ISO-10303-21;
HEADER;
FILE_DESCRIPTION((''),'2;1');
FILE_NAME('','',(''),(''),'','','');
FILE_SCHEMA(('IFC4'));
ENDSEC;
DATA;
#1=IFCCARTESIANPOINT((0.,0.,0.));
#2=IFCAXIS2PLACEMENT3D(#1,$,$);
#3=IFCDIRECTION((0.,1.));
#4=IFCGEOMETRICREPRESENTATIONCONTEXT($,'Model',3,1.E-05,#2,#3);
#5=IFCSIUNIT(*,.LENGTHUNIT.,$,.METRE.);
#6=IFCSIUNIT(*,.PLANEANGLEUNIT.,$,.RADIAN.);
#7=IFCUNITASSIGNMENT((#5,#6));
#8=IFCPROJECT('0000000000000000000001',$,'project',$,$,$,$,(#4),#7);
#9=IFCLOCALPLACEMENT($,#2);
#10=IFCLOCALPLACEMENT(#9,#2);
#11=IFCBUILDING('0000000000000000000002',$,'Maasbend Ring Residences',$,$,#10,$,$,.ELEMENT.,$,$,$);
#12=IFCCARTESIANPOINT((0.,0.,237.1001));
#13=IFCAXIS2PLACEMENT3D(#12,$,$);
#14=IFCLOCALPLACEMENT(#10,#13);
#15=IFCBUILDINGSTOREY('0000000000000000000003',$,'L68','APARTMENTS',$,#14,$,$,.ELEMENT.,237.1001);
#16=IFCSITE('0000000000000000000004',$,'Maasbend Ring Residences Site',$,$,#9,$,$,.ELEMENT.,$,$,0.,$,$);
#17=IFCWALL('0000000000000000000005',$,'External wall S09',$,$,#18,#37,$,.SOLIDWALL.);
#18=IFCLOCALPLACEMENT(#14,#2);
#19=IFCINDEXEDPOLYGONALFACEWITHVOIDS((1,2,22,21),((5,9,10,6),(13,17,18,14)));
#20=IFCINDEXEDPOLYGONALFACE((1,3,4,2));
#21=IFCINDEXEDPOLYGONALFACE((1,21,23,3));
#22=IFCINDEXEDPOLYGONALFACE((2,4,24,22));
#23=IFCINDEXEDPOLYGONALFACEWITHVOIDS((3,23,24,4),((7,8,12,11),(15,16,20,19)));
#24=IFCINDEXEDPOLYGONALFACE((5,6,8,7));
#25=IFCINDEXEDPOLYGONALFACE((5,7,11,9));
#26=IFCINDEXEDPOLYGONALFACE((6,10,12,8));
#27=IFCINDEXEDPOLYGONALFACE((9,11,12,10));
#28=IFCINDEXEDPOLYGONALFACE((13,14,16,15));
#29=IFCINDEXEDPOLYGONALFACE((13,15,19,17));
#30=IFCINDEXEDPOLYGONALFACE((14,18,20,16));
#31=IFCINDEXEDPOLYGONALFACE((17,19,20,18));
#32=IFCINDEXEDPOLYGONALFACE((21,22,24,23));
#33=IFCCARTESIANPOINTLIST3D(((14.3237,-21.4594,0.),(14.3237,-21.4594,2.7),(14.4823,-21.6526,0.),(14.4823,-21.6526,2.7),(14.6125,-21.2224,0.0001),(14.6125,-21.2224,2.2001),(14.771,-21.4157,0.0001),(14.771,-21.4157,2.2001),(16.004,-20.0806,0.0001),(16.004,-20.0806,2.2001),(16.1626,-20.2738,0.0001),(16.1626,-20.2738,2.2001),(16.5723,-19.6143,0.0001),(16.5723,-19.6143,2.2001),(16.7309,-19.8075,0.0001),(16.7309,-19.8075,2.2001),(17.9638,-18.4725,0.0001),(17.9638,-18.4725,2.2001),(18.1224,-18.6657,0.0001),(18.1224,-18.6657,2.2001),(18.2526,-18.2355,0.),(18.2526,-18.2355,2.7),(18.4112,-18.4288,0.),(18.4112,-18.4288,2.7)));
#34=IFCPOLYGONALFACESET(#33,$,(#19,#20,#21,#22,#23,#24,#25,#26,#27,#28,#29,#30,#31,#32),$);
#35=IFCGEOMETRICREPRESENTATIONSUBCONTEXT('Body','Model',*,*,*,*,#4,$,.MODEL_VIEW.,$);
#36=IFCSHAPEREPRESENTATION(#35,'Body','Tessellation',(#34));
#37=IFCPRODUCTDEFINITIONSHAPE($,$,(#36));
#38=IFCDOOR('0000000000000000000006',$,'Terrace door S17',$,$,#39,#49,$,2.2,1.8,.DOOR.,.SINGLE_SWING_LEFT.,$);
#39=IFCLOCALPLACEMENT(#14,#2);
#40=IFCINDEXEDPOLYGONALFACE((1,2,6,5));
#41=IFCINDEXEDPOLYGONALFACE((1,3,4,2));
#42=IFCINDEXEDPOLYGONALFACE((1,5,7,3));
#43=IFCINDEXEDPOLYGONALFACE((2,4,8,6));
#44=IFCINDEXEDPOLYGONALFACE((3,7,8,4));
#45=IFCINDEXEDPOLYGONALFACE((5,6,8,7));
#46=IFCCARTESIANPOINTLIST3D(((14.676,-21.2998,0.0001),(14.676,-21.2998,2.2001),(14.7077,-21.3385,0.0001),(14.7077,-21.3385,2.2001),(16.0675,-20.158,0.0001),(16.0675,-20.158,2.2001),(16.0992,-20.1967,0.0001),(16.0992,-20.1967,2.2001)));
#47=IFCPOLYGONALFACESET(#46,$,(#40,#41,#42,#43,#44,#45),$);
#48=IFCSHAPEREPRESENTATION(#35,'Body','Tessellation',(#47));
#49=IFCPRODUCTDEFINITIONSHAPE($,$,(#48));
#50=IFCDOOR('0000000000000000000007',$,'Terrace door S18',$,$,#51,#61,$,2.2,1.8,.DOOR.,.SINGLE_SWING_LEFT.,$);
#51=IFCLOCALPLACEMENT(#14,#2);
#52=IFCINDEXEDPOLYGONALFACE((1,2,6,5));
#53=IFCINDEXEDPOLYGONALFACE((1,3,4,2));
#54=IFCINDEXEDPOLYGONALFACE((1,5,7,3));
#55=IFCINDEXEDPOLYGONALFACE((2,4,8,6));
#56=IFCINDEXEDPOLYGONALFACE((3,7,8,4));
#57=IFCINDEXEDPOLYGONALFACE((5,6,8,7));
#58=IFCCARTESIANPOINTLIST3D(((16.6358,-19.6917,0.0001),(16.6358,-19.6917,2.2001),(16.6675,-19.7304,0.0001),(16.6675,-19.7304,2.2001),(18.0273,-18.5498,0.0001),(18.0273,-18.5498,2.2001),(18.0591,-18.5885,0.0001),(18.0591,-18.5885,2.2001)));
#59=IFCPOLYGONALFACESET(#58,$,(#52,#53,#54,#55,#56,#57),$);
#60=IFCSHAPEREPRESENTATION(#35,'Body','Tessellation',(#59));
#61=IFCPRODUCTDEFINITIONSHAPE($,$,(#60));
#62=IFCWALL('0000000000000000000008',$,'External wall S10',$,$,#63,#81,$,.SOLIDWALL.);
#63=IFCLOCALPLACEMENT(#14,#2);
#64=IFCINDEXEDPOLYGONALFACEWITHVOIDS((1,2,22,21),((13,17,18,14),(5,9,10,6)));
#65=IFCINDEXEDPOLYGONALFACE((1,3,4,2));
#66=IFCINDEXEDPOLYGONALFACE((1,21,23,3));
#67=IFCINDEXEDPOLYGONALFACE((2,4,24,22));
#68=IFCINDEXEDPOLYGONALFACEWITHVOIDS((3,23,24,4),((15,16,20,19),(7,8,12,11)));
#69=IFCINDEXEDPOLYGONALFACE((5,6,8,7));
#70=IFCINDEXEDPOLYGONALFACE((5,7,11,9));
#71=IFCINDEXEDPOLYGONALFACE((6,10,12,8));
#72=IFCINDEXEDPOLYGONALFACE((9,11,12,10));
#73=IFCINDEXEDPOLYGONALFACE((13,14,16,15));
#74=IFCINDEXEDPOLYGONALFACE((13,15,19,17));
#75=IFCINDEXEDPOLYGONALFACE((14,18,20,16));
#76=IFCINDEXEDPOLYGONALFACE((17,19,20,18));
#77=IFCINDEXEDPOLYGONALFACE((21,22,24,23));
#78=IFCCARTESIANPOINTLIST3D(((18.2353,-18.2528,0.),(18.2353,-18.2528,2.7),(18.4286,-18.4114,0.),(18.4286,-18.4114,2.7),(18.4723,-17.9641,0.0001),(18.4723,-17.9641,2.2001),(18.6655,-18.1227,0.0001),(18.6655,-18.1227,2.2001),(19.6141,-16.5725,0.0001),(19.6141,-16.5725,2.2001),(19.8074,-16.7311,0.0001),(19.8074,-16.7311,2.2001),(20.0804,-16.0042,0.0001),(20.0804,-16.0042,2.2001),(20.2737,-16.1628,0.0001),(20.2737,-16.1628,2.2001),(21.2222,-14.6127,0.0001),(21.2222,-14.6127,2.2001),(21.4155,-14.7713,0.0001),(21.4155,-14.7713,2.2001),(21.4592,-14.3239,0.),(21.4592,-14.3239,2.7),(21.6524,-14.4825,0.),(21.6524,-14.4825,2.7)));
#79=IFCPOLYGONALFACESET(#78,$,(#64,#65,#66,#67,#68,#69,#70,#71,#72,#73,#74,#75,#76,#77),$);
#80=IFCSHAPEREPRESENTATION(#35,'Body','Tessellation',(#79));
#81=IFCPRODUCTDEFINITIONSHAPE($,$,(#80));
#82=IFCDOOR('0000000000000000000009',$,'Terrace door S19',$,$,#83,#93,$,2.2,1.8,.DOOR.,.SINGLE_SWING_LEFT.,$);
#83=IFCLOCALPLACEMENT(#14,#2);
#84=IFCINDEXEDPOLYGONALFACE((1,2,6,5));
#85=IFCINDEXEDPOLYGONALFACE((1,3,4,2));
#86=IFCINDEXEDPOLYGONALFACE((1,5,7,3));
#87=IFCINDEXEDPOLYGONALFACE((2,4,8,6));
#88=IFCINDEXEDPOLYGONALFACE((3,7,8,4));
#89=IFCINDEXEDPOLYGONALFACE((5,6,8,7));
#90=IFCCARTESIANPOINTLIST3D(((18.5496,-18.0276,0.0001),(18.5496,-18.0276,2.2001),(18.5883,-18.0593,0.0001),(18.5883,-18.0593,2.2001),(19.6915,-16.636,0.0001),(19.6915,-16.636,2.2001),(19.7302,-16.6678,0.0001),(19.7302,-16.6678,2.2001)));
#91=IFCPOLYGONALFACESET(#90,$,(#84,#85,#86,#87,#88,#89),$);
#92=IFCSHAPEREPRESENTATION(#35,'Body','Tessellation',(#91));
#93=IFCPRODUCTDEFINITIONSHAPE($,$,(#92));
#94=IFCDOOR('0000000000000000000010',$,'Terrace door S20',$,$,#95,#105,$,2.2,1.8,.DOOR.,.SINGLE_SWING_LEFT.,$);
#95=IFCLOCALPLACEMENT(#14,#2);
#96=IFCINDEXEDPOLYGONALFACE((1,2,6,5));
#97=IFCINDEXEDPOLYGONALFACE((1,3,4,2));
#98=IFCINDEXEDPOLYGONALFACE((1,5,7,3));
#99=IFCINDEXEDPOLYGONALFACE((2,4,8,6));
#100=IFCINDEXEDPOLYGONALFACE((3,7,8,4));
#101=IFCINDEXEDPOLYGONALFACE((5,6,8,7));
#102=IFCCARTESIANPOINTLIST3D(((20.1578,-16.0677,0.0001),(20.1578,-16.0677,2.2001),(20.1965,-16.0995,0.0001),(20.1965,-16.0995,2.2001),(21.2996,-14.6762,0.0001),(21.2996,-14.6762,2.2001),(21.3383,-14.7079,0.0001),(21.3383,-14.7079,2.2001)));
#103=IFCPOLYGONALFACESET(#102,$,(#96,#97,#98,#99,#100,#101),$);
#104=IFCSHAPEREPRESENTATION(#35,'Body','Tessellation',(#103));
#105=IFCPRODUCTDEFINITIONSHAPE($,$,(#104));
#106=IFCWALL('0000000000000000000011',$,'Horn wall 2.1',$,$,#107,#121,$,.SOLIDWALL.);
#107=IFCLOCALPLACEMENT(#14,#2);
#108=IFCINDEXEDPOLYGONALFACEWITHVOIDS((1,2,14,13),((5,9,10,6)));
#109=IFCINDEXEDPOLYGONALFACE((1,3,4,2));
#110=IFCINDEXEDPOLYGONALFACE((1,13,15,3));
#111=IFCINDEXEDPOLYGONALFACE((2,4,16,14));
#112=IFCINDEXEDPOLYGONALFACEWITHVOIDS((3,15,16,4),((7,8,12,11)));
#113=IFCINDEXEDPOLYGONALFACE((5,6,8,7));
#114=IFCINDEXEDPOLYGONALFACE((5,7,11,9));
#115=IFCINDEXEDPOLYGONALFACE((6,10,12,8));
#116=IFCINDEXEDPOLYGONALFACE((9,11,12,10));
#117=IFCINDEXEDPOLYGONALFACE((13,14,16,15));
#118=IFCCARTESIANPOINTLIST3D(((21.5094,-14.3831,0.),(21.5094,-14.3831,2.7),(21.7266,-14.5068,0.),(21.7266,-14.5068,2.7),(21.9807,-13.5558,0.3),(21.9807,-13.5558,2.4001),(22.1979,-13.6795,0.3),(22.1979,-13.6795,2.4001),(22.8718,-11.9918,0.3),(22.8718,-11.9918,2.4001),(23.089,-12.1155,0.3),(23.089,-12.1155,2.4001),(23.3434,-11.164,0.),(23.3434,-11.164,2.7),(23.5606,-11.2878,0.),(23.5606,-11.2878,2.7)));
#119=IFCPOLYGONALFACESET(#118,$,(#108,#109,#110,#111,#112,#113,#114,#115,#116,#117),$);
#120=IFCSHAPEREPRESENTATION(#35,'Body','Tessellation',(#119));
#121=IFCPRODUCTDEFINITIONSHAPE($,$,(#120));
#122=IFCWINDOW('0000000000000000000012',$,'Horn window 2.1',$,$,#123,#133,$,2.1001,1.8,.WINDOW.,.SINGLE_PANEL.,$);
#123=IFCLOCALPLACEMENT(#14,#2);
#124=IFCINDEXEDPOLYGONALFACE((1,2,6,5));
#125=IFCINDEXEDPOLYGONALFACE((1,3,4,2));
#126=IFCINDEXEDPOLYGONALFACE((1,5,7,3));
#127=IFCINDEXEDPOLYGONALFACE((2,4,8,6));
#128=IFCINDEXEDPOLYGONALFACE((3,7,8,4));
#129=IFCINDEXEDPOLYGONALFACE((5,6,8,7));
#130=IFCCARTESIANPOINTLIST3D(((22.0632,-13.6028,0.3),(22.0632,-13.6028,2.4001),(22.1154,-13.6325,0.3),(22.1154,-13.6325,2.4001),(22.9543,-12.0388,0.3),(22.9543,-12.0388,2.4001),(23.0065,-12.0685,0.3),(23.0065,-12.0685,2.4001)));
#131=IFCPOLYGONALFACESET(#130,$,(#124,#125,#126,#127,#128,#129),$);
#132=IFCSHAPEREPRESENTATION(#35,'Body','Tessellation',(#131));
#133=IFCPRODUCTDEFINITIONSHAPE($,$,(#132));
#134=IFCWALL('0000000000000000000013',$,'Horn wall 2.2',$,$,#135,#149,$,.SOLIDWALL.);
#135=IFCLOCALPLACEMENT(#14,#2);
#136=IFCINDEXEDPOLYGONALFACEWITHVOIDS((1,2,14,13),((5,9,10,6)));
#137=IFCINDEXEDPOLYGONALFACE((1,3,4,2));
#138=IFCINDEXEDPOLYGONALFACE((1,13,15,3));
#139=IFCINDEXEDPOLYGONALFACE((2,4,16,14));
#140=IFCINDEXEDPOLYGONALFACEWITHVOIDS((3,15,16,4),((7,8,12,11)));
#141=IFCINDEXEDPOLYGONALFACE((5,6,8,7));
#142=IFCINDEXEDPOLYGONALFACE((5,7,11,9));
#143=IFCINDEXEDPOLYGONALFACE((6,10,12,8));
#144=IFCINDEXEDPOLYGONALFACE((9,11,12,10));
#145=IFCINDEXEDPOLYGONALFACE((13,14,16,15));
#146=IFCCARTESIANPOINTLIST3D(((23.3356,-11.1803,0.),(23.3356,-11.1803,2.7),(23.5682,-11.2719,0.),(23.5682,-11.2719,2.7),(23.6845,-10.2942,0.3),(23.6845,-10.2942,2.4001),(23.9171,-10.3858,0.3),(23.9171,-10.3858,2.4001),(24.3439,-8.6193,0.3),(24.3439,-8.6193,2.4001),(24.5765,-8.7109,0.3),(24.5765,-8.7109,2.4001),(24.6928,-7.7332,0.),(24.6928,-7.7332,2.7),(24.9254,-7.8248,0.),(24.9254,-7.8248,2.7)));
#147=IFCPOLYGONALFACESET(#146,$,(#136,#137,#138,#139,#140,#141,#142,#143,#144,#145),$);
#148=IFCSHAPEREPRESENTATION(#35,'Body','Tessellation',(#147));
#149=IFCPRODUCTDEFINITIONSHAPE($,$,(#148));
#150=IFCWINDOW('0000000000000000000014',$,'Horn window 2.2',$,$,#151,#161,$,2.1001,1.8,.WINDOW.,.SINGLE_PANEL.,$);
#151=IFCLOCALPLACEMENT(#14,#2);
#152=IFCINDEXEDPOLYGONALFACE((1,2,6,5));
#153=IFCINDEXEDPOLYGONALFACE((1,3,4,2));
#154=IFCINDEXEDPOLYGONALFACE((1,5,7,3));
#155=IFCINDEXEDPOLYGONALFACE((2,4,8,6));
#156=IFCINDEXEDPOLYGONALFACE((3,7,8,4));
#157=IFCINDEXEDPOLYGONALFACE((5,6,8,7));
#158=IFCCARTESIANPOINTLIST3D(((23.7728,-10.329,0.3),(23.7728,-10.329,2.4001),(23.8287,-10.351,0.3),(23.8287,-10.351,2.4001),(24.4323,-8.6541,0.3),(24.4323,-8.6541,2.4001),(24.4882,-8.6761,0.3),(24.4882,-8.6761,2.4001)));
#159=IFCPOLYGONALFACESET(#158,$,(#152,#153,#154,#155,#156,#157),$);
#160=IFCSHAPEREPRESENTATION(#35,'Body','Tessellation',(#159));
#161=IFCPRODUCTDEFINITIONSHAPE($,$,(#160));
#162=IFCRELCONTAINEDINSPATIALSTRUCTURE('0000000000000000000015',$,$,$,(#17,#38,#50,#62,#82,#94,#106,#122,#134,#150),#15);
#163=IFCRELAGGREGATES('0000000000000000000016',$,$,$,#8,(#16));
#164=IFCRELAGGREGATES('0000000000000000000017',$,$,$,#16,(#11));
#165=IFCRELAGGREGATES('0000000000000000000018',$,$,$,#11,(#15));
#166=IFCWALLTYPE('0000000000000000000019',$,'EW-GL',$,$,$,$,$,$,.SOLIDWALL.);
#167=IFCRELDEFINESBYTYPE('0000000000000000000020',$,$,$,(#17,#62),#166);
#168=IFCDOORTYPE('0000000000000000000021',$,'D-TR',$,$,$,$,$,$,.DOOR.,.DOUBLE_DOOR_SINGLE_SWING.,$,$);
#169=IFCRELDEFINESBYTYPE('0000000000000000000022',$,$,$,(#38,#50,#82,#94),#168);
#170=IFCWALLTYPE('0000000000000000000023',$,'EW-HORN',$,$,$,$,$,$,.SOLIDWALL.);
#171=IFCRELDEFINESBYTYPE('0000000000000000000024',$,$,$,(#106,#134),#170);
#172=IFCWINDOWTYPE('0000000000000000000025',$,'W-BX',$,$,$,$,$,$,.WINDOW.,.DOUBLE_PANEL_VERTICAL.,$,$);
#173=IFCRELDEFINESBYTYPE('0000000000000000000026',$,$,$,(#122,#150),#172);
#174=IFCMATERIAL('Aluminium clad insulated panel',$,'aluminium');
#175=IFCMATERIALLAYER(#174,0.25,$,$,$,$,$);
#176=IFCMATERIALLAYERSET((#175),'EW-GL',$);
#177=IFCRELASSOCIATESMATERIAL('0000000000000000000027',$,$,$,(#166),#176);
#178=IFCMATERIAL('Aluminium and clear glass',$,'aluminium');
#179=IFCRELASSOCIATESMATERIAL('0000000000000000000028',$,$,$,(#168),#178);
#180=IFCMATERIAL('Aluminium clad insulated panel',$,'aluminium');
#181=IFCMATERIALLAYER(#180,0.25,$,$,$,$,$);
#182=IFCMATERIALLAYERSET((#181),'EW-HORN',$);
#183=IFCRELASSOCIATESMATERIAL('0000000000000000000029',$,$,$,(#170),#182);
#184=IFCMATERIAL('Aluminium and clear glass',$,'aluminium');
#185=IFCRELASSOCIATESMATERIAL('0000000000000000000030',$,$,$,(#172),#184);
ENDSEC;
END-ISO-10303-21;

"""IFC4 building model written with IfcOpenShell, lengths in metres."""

from ifc_helpers import new_model, si_unit, direction, frame, frame_2d, origin, place, context, subcontext, project, spatial, rectangle, extrude, material, layer, layer_set, type_object, element, fill, save


model = new_model("IFC4")

# Units and contexts
model_context = context("Model", 3, precision=1e-05, world=origin(), true_north=direction((0.0, 1.0)))
body_context = subcontext(model_context, "Body", "Model", "MODEL_VIEW")
ifc_project = project(units=[si_unit("LENGTHUNIT", "METRE"), si_unit("PLANEANGLEUNIT", "RADIAN")], contexts=[model_context])

# Site, building, storey
site_placement = place(None, origin())
site = spatial("IfcSite", under=ifc_project, at=site_placement, Name="Maasbend Ring Residences Site", CompositionType="ELEMENT", RefElevation=0.0)
building_placement = place(site_placement, origin())
building = spatial("IfcBuilding", under=site, at=building_placement, Name="Maasbend Ring Residences", CompositionType="ELEMENT")
storey_placement = place(building_placement, frame((0.0, 0.0, 237.1001)))
storey = spatial("IfcBuildingStorey", under=building, at=storey_placement, Name="L68", Description="APARTMENTS", CompositionType="ELEMENT", Elevation=237.1001)

# Walls, openings, doors
ifc_material_1 = material(Name="Aluminium clad insulated panel", Category="aluminium")
ifc_layer_1 = layer(ifc_material_1, 0.25)
ifc_layer_set_1 = layer_set([ifc_layer_1], Name="EW-GL")
wall_type_1 = type_object("IfcWallType", Name="EW-GL", PredefinedType="SOLIDWALL", material=ifc_layer_set_1)
wall_1_placement = place(storey_placement, frame((14.4031, -21.5559, 0.0), z_axis=(0.0, 0.0, 1.0), x_axis=(0.773062, 0.634331, 0.0)))
wall_1 = element("IfcWall", 1, at=wall_1_placement, inside=storey, type_object=wall_type_1, Name="External wall S09", PredefinedType="SOLIDWALL", context=body_context, shape_type="SweptSolid", body=[
    extrude(rectangle(XDim=5.0823, YDim=0.25, at=frame_2d((2.541, 0.0))), origin(), (0.0, 0.0, 1.0), 2.7),
])
opening_1_placement = place(wall_1_placement, frame((0.3735, 0.0, 0.0)))
opening_1 = element("IfcOpeningElement", 2, at=opening_1_placement, cuts=wall_1, PredefinedType="OPENING", context=body_context, shape_type="SweptSolid", body=[
    extrude(rectangle(XDim=1.8, YDim=2.2, at=frame_2d((0.8999, 1.1001))), frame((0.0, 0.135, 0.0), z_axis=(0.0, -1.0, 0.0), x_axis=(1.0, 0.0, 0.0)), (0.0, 0.0, 1.0), 0.27),
])
opening_2_placement = place(wall_1_placement, frame((2.9087, 0.0, 0.0)))
opening_2 = element("IfcOpeningElement", 3, at=opening_2_placement, cuts=wall_1, PredefinedType="OPENING", context=body_context, shape_type="SweptSolid", body=[
    extrude(rectangle(XDim=1.8, YDim=2.2, at=frame_2d((0.8999, 1.1001))), frame((0.0, 0.135, 0.0), z_axis=(0.0, -1.0, 0.0), x_axis=(1.0, 0.0, 0.0)), (0.0, 0.0, 1.0), 0.27),
])
ifc_material_2 = material(Name="Aluminium and clear glass", Category="aluminium")
door_type_1 = type_object("IfcDoorType", Name="D-TR", OperationType="DOUBLE_DOOR_SINGLE_SWING", PredefinedType="DOOR", material=ifc_material_2)
door_1_placement = place(opening_1_placement, origin())
door_1 = element("IfcDoor", 4, at=door_1_placement, inside=storey, type_object=door_type_1, Name="Terrace door S17", OperationType="SINGLE_SWING_LEFT", OverallHeight=2.2, OverallWidth=1.8, PredefinedType="DOOR", context=body_context, shape_type="SweptSolid", body=[
    extrude(rectangle(XDim=1.8, YDim=2.2, at=frame_2d((0.8999, 1.1001))), frame((0.0, 0.0249, 0.0), z_axis=(0.0, -1.0, 0.0), x_axis=(1.0, 0.0, 0.0)), (0.0, 0.0, 1.0), 0.05),
])
fill(opening_1, door_1)
door_2_placement = place(opening_2_placement, origin())
door_2 = element("IfcDoor", 5, at=door_2_placement, inside=storey, type_object=door_type_1, Name="Terrace door S18", OperationType="SINGLE_SWING_LEFT", OverallHeight=2.2, OverallWidth=1.8, PredefinedType="DOOR", context=body_context, shape_type="SweptSolid", body=[
    extrude(rectangle(XDim=1.8, YDim=2.2, at=frame_2d((0.8999, 1.1001))), frame((0.0, 0.0249, 0.0), z_axis=(0.0, -1.0, 0.0), x_axis=(1.0, 0.0, 0.0)), (0.0, 0.0, 1.0), 0.05),
])
fill(opening_2, door_2)
wall_2_placement = place(storey_placement, frame((18.332, -18.332, 0.0), z_axis=(0.0, 0.0, 1.0), x_axis=(0.634331, 0.773062, 0.0)))
wall_2 = element("IfcWall", 6, at=wall_2_placement, inside=storey, type_object=wall_type_1, Name="External wall S10", PredefinedType="SOLIDWALL", context=body_context, shape_type="SweptSolid", body=[
    extrude(rectangle(XDim=5.0823, YDim=0.25, at=frame_2d((2.541, 0.0))), origin(), (0.0, 0.0, 1.0), 2.7),
])
opening_3_placement = place(wall_2_placement, frame((0.3735, 0.0, 0.0)))
opening_3 = element("IfcOpeningElement", 7, at=opening_3_placement, cuts=wall_2, PredefinedType="OPENING", context=body_context, shape_type="SweptSolid", body=[
    extrude(rectangle(XDim=1.8, YDim=2.2, at=frame_2d((0.8999, 1.1001))), frame((0.0, 0.135, 0.0), z_axis=(0.0, -1.0, 0.0), x_axis=(1.0, 0.0, 0.0)), (0.0, 0.0, 1.0), 0.27),
])
opening_4_placement = place(wall_2_placement, frame((2.9087, 0.0, 0.0)))
opening_4 = element("IfcOpeningElement", 8, at=opening_4_placement, cuts=wall_2, PredefinedType="OPENING", context=body_context, shape_type="SweptSolid", body=[
    extrude(rectangle(XDim=1.8, YDim=2.2, at=frame_2d((0.8999, 1.1001))), frame((0.0, 0.135, 0.0), z_axis=(0.0, -1.0, 0.0), x_axis=(1.0, 0.0, 0.0)), (0.0, 0.0, 1.0), 0.27),
])
door_3_placement = place(opening_3_placement, origin())
door_3 = element("IfcDoor", 9, at=door_3_placement, inside=storey, type_object=door_type_1, Name="Terrace door S19", OperationType="SINGLE_SWING_LEFT", OverallHeight=2.2, OverallWidth=1.8, PredefinedType="DOOR", context=body_context, shape_type="SweptSolid", body=[
    extrude(rectangle(XDim=1.8, YDim=2.2, at=frame_2d((0.8999, 1.1001))), frame((0.0, 0.0249, 0.0), z_axis=(0.0, -1.0, 0.0), x_axis=(1.0, 0.0, 0.0)), (0.0, 0.0, 1.0), 0.05),
])
fill(opening_3, door_3)
door_4_placement = place(opening_4_placement, origin())
door_4 = element("IfcDoor", 10, at=door_4_placement, inside=storey, type_object=door_type_1, Name="Terrace door S20", OperationType="SINGLE_SWING_LEFT", OverallHeight=2.2, OverallWidth=1.8, PredefinedType="DOOR", context=body_context, shape_type="SweptSolid", body=[
    extrude(rectangle(XDim=1.8, YDim=2.2, at=frame_2d((0.8999, 1.1001))), frame((0.0, 0.0249, 0.0), z_axis=(0.0, -1.0, 0.0), x_axis=(1.0, 0.0, 0.0)), (0.0, 0.0, 1.0), 0.05),
])
fill(opening_4, door_4)

# Walls, openings, windows
ifc_material_3 = material(Name="Aluminium clad insulated panel", Category="aluminium")
ifc_layer_2 = layer(ifc_material_3, 0.25)
ifc_layer_set_2 = layer_set([ifc_layer_2], Name="EW-HORN")
wall_type_2 = type_object("IfcWallType", Name="EW-HORN", PredefinedType="SOLIDWALL", material=ifc_layer_set_2)
wall_3_placement = place(storey_placement, frame((21.6179, -14.4451, 0.0), z_axis=(0.0, 0.0, 1.0), x_axis=(0.495031, 0.868875, 0.0)))
wall_3 = element("IfcWall", 11, at=wall_3_placement, inside=storey, type_object=wall_type_2, Name="Horn wall 2.1", PredefinedType="SOLIDWALL", context=body_context, shape_type="SweptSolid", body=[
    extrude(rectangle(XDim=3.7048, YDim=0.25, at=frame_2d((1.8525, 0.0))), origin(), (0.0, 0.0, 1.0), 2.7),
])
opening_5_placement = place(wall_3_placement, frame((0.9524, 0.0, 0.3)))
opening_5 = element("IfcOpeningElement", 12, at=opening_5_placement, cuts=wall_3, PredefinedType="OPENING", context=body_context, shape_type="SweptSolid", body=[
    extrude(rectangle(XDim=1.8, YDim=2.1001, at=frame_2d((0.8999, 1.05))), frame((0.0, 0.135, 0.0), z_axis=(0.0, -1.0, 0.0), x_axis=(1.0, 0.0, 0.0)), (0.0, 0.0, 1.0), 0.27),
])
ifc_material_4 = material(Name="Aluminium and clear glass", Category="aluminium")
window_type = type_object("IfcWindowType", Name="W-BX", PartitioningType="DOUBLE_PANEL_VERTICAL", PredefinedType="WINDOW", material=ifc_material_4)
window_1_placement = place(opening_5_placement, origin())
window_1 = element("IfcWindow", 13, at=window_1_placement, inside=storey, type_object=window_type, Name="Horn window 2.1", OverallHeight=2.1001, OverallWidth=1.8, PartitioningType="SINGLE_PANEL", PredefinedType="WINDOW", context=body_context, shape_type="SweptSolid", body=[
    extrude(rectangle(XDim=1.8, YDim=2.1001, at=frame_2d((0.8999, 1.05))), frame((0.0, 0.03, 0.0), z_axis=(0.0, -1.0, 0.0), x_axis=(1.0, 0.0, 0.0)), (0.0, 0.0, 1.0), 0.0601),
])
fill(opening_5, window_1)
wall_4_placement = place(storey_placement, frame((23.4519, -11.2261, 0.0), z_axis=(0.0, 0.0, 1.0), x_axis=(0.366352, 0.930476, 0.0)))
wall_4 = element("IfcWall", 14, at=wall_4_placement, inside=storey, type_object=wall_type_2, Name="Horn wall 2.2", PredefinedType="SOLIDWALL", context=body_context, shape_type="SweptSolid", body=[
    extrude(rectangle(XDim=3.7046, YDim=0.25, at=frame_2d((1.8523, 0.0))), origin(), (0.0, 0.0, 1.0), 2.7),
])
opening_6_placement = place(wall_4_placement, frame((0.9524, 0.0, 0.3)))
opening_6 = element("IfcOpeningElement", 15, at=opening_6_placement, cuts=wall_4, PredefinedType="OPENING", context=body_context, shape_type="SweptSolid", body=[
    extrude(rectangle(XDim=1.8, YDim=2.1001, at=frame_2d((0.8999, 1.05))), frame((0.0, 0.135, 0.0), z_axis=(0.0, -1.0, 0.0), x_axis=(1.0, 0.0, 0.0)), (0.0, 0.0, 1.0), 0.27),
])
window_2_placement = place(opening_6_placement, origin())
window_2 = element("IfcWindow", 16, at=window_2_placement, inside=storey, type_object=window_type, Name="Horn window 2.2", OverallHeight=2.1001, OverallWidth=1.8, PartitioningType="SINGLE_PANEL", PredefinedType="WINDOW", context=body_context, shape_type="SweptSolid", body=[
    extrude(rectangle(XDim=1.8, YDim=2.1001, at=frame_2d((0.8999, 1.05))), frame((0.0, 0.03, 0.0), z_axis=(0.0, -1.0, 0.0), x_axis=(1.0, 0.0, 0.0)), (0.0, 0.0, 1.0), 0.0601),
])
fill(opening_6, window_2)

save(model, "model.ifc")
